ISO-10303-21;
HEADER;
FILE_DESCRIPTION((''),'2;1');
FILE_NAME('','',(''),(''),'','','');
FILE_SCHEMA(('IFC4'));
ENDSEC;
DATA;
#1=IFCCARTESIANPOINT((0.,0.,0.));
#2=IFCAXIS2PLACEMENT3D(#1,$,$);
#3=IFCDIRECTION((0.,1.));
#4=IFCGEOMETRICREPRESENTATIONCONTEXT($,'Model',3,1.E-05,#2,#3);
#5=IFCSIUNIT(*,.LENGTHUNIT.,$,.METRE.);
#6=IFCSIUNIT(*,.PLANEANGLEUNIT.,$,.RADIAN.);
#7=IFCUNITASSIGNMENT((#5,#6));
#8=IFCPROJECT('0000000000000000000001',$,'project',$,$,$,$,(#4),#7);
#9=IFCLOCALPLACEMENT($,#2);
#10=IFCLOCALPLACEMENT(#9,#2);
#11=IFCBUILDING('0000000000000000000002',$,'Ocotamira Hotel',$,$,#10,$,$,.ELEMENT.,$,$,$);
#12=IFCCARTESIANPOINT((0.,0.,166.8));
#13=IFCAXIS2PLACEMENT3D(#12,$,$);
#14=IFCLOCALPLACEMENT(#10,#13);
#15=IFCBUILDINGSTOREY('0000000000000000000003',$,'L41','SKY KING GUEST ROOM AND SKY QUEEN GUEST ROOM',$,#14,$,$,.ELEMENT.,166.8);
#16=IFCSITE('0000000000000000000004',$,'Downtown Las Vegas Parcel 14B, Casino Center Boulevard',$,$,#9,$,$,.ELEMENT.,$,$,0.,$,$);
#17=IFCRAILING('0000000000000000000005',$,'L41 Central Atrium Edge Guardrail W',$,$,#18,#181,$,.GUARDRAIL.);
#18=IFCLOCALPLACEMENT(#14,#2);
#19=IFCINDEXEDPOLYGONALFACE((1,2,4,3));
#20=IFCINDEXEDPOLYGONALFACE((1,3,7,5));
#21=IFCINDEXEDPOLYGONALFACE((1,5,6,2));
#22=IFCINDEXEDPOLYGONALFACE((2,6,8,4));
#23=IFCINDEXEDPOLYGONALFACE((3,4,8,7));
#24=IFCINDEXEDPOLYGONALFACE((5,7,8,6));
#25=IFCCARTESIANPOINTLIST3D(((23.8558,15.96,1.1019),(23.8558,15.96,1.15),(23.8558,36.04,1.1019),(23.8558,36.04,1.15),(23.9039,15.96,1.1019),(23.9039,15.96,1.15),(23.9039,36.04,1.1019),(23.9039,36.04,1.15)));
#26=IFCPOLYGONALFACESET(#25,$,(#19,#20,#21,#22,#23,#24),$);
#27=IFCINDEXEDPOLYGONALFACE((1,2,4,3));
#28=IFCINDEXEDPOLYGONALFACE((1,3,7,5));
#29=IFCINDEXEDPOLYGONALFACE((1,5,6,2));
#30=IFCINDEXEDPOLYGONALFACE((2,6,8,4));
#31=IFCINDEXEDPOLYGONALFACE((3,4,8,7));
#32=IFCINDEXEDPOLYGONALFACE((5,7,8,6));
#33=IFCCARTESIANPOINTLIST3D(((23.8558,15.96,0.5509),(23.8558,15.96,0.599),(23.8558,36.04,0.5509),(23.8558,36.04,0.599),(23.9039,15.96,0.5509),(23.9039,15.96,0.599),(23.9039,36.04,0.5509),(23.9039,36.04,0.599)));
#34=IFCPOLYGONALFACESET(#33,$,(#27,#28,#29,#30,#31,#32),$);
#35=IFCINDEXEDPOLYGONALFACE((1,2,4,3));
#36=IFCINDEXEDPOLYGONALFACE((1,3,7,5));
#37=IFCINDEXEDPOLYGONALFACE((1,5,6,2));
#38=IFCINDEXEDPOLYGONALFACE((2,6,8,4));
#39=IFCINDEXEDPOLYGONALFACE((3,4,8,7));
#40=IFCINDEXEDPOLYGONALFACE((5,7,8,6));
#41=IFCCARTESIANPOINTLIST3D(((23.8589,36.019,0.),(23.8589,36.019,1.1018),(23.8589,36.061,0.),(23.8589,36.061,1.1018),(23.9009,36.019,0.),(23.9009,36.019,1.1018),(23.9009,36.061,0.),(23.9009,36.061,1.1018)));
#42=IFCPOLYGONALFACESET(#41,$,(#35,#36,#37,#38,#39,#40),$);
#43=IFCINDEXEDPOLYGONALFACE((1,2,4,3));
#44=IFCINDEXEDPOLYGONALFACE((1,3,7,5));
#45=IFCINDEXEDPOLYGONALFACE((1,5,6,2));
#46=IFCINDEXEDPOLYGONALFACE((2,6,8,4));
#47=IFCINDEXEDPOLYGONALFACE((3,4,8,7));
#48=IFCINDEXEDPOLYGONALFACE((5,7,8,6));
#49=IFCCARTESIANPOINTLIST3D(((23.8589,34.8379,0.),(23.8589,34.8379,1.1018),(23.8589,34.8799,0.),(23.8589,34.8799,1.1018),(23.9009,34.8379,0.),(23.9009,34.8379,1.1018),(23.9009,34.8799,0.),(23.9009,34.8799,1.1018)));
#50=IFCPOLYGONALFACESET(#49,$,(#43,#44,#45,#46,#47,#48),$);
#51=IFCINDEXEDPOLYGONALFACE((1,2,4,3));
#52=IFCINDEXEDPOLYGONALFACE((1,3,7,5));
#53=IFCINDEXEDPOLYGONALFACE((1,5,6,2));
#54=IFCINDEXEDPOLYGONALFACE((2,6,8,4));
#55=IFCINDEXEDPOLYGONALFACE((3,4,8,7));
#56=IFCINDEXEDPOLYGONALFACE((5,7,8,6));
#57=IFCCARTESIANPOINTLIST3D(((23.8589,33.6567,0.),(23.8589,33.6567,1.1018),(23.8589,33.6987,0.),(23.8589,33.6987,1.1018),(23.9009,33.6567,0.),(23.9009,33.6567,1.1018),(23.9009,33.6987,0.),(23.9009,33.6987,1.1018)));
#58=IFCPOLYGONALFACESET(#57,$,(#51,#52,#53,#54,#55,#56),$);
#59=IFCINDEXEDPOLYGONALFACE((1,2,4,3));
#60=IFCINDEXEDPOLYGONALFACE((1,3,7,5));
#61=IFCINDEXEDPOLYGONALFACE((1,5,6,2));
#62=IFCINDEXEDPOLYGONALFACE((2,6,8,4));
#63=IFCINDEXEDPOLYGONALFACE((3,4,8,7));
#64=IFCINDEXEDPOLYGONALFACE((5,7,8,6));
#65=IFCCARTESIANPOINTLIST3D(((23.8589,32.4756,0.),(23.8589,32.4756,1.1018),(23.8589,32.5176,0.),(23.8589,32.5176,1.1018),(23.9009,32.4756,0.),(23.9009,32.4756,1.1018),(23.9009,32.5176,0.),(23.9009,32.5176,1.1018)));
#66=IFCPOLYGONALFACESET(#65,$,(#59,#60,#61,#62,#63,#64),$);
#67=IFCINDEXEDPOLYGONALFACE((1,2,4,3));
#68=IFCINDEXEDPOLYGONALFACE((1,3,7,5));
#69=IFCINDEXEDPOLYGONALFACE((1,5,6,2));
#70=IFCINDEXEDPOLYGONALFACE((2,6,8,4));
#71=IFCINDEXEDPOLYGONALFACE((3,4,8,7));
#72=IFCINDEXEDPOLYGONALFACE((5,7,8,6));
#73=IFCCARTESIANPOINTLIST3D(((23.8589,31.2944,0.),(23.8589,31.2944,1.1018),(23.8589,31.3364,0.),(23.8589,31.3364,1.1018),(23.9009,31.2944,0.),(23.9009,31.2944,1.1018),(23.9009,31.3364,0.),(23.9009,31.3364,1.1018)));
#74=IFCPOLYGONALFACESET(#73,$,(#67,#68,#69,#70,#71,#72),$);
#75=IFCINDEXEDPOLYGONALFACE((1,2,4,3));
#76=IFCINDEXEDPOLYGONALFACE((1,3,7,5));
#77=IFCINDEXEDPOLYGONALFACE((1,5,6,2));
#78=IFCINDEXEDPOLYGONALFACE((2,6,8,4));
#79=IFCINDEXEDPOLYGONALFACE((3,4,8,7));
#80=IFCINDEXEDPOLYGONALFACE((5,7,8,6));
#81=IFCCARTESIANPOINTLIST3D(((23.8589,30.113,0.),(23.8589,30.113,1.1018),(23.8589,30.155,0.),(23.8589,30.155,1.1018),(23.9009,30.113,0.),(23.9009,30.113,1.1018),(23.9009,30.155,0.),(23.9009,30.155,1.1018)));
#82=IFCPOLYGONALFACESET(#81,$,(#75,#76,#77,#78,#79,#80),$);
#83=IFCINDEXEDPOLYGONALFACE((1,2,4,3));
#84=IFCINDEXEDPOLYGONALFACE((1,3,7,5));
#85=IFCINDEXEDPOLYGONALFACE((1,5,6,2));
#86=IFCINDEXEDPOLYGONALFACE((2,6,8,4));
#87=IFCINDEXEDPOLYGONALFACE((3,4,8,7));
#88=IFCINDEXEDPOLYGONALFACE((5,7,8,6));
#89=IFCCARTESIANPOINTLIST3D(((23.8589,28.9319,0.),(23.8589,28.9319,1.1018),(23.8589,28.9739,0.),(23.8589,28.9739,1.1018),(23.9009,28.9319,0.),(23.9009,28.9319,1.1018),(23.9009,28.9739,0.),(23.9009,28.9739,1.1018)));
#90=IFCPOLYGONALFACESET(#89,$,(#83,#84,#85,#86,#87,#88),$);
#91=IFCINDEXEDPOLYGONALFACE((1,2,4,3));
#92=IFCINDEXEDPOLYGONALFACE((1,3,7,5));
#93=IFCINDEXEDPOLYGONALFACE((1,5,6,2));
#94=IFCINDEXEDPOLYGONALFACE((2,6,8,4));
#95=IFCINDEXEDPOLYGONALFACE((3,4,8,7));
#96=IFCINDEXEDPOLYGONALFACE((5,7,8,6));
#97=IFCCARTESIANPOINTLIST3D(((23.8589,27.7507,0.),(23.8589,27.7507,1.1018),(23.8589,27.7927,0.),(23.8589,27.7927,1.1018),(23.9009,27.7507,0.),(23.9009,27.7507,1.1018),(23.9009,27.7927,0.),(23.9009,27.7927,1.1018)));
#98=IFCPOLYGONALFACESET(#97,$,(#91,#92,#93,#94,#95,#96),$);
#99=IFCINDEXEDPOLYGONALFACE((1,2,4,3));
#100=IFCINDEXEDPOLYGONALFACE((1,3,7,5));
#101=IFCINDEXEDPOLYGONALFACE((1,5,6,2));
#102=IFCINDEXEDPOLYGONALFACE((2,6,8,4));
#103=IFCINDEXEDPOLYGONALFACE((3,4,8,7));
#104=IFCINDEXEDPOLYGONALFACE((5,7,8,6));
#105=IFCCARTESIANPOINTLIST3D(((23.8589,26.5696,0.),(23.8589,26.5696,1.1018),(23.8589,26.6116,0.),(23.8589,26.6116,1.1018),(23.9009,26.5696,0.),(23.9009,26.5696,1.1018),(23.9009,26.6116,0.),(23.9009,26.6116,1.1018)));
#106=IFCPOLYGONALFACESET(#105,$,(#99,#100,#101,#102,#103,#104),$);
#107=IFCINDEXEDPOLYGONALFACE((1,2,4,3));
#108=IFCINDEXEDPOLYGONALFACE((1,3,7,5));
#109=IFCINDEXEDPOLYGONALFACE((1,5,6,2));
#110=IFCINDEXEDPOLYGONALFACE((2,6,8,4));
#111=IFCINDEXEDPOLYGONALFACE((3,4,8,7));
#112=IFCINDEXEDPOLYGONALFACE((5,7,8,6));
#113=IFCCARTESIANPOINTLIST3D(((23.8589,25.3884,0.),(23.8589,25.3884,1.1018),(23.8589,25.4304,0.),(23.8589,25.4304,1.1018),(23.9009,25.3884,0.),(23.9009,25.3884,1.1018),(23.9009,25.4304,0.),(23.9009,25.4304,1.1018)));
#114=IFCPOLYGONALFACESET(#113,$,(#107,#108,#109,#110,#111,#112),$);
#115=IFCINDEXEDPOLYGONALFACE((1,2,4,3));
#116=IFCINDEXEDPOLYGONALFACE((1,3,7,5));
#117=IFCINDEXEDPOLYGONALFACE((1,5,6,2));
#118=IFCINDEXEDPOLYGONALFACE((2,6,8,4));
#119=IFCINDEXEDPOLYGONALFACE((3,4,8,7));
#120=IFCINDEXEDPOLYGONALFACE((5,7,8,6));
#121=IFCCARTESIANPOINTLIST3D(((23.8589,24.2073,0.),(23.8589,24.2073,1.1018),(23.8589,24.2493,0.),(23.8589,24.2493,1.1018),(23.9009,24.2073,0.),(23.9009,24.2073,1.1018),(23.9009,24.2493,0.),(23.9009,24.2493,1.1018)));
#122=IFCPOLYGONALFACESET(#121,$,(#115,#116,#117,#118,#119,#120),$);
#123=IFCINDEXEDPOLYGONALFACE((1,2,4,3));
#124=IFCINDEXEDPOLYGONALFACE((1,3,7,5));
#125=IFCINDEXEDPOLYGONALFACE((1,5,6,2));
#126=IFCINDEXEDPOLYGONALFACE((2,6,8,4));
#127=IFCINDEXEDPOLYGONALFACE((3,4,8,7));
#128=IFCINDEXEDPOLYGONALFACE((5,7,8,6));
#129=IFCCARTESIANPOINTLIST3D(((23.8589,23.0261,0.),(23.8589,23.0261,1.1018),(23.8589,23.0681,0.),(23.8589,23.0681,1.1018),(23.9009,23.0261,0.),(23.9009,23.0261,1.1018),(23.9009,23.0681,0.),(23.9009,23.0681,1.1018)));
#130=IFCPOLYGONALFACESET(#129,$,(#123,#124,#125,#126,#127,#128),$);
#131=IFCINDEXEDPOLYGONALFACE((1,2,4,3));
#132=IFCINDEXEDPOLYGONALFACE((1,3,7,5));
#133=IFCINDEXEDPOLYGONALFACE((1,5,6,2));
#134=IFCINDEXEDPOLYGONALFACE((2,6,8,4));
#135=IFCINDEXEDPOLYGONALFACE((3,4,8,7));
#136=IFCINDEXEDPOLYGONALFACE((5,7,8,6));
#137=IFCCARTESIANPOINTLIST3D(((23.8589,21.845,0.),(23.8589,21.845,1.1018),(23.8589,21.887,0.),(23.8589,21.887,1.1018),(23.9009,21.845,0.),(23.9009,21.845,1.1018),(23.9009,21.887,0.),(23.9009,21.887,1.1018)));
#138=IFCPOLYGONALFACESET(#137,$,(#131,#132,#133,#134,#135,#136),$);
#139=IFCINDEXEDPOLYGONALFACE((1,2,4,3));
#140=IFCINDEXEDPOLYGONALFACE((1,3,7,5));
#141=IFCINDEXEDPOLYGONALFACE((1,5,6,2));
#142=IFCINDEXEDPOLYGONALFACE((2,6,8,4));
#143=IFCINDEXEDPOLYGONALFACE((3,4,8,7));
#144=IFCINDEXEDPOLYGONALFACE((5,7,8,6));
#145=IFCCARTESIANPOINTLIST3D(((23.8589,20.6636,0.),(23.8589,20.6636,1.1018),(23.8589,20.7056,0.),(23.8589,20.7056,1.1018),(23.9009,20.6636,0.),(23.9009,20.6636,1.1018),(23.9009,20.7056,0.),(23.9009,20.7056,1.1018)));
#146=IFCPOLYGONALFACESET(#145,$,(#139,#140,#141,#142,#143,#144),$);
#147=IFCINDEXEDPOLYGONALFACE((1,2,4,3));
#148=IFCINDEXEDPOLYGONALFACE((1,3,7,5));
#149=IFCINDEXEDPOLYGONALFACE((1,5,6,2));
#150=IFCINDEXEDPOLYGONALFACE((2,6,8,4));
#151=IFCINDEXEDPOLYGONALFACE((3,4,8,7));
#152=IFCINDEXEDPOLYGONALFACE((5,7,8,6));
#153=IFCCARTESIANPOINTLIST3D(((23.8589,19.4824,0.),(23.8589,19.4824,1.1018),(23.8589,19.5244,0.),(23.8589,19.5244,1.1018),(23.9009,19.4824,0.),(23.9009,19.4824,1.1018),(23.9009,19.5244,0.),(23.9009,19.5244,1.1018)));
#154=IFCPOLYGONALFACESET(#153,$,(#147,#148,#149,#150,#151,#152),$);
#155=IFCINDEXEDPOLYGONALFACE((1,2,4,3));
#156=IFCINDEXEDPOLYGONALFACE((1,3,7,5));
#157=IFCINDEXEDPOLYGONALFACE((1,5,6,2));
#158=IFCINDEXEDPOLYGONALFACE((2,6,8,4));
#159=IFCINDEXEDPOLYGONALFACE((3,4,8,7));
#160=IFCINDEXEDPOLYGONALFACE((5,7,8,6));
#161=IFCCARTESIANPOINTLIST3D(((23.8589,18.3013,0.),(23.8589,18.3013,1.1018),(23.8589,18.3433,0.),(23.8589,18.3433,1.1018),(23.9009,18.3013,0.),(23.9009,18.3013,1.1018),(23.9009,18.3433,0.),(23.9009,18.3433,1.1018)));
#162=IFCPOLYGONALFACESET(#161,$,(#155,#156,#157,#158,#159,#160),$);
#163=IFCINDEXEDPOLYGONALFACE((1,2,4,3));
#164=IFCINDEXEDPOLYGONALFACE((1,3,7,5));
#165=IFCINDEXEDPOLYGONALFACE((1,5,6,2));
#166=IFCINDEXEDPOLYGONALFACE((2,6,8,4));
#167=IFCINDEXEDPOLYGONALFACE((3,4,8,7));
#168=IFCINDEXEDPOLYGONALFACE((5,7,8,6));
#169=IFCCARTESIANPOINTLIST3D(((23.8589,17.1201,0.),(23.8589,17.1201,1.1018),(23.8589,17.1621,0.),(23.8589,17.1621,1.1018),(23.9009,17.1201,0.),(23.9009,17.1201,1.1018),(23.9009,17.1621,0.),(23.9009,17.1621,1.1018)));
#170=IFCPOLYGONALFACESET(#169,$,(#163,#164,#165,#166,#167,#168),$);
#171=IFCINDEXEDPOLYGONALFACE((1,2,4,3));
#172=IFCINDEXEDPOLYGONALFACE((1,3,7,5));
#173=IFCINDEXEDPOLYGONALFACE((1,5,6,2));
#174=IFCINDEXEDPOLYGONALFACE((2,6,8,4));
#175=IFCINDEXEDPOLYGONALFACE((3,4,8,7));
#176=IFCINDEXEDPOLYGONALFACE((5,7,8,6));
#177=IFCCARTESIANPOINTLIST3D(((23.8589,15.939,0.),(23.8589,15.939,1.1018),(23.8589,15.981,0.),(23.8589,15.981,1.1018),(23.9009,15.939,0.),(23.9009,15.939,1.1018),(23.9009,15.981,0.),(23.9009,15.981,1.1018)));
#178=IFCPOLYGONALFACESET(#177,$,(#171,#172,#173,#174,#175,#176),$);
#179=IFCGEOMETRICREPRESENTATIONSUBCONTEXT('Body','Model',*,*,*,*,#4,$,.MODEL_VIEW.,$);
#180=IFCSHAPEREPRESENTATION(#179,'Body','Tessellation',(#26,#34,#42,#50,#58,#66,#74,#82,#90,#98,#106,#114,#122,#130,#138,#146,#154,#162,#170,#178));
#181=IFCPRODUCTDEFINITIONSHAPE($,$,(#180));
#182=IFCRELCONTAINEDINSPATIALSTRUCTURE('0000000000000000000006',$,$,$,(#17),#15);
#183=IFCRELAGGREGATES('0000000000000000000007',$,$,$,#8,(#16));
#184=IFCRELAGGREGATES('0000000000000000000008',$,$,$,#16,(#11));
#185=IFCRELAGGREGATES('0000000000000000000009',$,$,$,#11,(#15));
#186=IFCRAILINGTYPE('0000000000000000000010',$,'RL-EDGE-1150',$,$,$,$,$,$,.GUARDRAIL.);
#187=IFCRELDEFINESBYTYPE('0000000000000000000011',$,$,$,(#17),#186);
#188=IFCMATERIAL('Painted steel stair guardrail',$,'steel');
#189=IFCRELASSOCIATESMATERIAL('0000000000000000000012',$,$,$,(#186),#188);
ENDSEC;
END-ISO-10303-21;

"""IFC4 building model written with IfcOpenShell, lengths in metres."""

from ifc_helpers import new_model, si_unit, direction, frame, origin, origin_2d, place, context, subcontext, project, spatial, rectangle, extrude, material, type_object, element, save


model = new_model("IFC4")

# Units and contexts
model_context = context("Model", 3, precision=1e-05, world=origin(), true_north=direction((0.0, 1.0)))
body_context = subcontext(model_context, "Body", "Model", "MODEL_VIEW")
ifc_project = project(units=[si_unit("LENGTHUNIT", "METRE"), si_unit("PLANEANGLEUNIT", "RADIAN")], contexts=[model_context])

# Site, building, storey
site_placement = place(None, origin())
site = spatial("IfcSite", under=ifc_project, at=site_placement, Name="Downtown Las Vegas Parcel 14B, Casino Center Boulevard", CompositionType="ELEMENT", RefElevation=0.0)
building_placement = place(site_placement, origin())
building = spatial("IfcBuilding", under=site, at=building_placement, Name="Ocotamira Hotel", CompositionType="ELEMENT")
storey_placement = place(building_placement, frame((0.0, 0.0, 166.8)))
storey = spatial("IfcBuildingStorey", under=building, at=storey_placement, Name="L41", Description="SKY KING GUEST ROOM AND SKY QUEEN GUEST ROOM", CompositionType="ELEMENT", Elevation=166.8)

# Railing
ifc_material_1 = material(Name="Painted steel stair guardrail", Category="steel")
railing_type = type_object("IfcRailingType", Name="RL-EDGE-1150", PredefinedType="GUARDRAIL", material=ifc_material_1)
railing_placement = place(storey_placement, frame((23.8799, 36.04, 0.0)))
element("IfcRailing", 1, at=railing_placement, inside=storey, type_object=railing_type, Name="L41 Central Atrium Edge Guardrail W", PredefinedType="GUARDRAIL", context=body_context, shape_type="SweptSolid", body=[
    extrude(rectangle(XDim=0.0481, YDim=0.0481, at=origin_2d()), frame((0.0, 0.0, 1.126), z_axis=(0.0, -1.0, 0.0), x_axis=(1.0, 0.0, 0.0)), (0.0, 0.0, 1.0), 20.0801),
    extrude(rectangle(XDim=0.0481, YDim=0.0481, at=origin_2d()), frame((0.0, 0.0, 0.575), z_axis=(0.0, -1.0, 0.0), x_axis=(1.0, 0.0, 0.0)), (0.0, 0.0, 1.0), 20.0801),
    extrude(rectangle(XDim=0.042, YDim=0.042, at=origin_2d()), origin(), (0.0, 0.0, 1.0), 1.1018),
    extrude(rectangle(XDim=0.042, YDim=0.042, at=origin_2d()), frame((0.0, -1.1812, 0.0)), (0.0, 0.0, 1.0), 1.1018),
    extrude(rectangle(XDim=0.042, YDim=0.042, at=origin_2d()), frame((0.0, -2.3623, 0.0)), (0.0, 0.0, 1.0), 1.1018),
    extrude(rectangle(XDim=0.042, YDim=0.042, at=origin_2d()), frame((0.0, -3.5435, 0.0)), (0.0, 0.0, 1.0), 1.1018),
    extrude(rectangle(XDim=0.042, YDim=0.042, at=origin_2d()), frame((0.0, -4.7246, 0.0)), (0.0, 0.0, 1.0), 1.1018),
    extrude(rectangle(XDim=0.042, YDim=0.042, at=origin_2d()), frame((0.0, -5.906, 0.0)), (0.0, 0.0, 1.0), 1.1018),
    extrude(rectangle(XDim=0.042, YDim=0.042, at=origin_2d()), frame((0.0, -7.0872, 0.0)), (0.0, 0.0, 1.0), 1.1018),
    extrude(rectangle(XDim=0.042, YDim=0.042, at=origin_2d()), frame((0.0, -8.2683, 0.0)), (0.0, 0.0, 1.0), 1.1018),
    extrude(rectangle(XDim=0.042, YDim=0.042, at=origin_2d()), frame((0.0, -9.4495, 0.0)), (0.0, 0.0, 1.0), 1.1018),
    extrude(rectangle(XDim=0.042, YDim=0.042, at=origin_2d()), frame((0.0, -10.6306, 0.0)), (0.0, 0.0, 1.0), 1.1018),
    extrude(rectangle(XDim=0.042, YDim=0.042, at=origin_2d()), frame((0.0, -11.8118, 0.0)), (0.0, 0.0, 1.0), 1.1018),
    extrude(rectangle(XDim=0.042, YDim=0.042, at=origin_2d()), frame((0.0, -12.9929, 0.0)), (0.0, 0.0, 1.0), 1.1018),
    extrude(rectangle(XDim=0.042, YDim=0.042, at=origin_2d()), frame((0.0, -14.1741, 0.0)), (0.0, 0.0, 1.0), 1.1018),
    extrude(rectangle(XDim=0.042, YDim=0.042, at=origin_2d()), frame((0.0, -15.3555, 0.0)), (0.0, 0.0, 1.0), 1.1018),
    extrude(rectangle(XDim=0.042, YDim=0.042, at=origin_2d()), frame((0.0, -16.5366, 0.0)), (0.0, 0.0, 1.0), 1.1018),
    extrude(rectangle(XDim=0.042, YDim=0.042, at=origin_2d()), frame((0.0, -17.7178, 0.0)), (0.0, 0.0, 1.0), 1.1018),
    extrude(rectangle(XDim=0.042, YDim=0.042, at=origin_2d()), frame((0.0, -18.8989, 0.0)), (0.0, 0.0, 1.0), 1.1018),
    extrude(rectangle(XDim=0.042, YDim=0.042, at=origin_2d()), frame((0.0, -20.0801, 0.0)), (0.0, 0.0, 1.0), 1.1018),
])

save(model, "model.ifc")
